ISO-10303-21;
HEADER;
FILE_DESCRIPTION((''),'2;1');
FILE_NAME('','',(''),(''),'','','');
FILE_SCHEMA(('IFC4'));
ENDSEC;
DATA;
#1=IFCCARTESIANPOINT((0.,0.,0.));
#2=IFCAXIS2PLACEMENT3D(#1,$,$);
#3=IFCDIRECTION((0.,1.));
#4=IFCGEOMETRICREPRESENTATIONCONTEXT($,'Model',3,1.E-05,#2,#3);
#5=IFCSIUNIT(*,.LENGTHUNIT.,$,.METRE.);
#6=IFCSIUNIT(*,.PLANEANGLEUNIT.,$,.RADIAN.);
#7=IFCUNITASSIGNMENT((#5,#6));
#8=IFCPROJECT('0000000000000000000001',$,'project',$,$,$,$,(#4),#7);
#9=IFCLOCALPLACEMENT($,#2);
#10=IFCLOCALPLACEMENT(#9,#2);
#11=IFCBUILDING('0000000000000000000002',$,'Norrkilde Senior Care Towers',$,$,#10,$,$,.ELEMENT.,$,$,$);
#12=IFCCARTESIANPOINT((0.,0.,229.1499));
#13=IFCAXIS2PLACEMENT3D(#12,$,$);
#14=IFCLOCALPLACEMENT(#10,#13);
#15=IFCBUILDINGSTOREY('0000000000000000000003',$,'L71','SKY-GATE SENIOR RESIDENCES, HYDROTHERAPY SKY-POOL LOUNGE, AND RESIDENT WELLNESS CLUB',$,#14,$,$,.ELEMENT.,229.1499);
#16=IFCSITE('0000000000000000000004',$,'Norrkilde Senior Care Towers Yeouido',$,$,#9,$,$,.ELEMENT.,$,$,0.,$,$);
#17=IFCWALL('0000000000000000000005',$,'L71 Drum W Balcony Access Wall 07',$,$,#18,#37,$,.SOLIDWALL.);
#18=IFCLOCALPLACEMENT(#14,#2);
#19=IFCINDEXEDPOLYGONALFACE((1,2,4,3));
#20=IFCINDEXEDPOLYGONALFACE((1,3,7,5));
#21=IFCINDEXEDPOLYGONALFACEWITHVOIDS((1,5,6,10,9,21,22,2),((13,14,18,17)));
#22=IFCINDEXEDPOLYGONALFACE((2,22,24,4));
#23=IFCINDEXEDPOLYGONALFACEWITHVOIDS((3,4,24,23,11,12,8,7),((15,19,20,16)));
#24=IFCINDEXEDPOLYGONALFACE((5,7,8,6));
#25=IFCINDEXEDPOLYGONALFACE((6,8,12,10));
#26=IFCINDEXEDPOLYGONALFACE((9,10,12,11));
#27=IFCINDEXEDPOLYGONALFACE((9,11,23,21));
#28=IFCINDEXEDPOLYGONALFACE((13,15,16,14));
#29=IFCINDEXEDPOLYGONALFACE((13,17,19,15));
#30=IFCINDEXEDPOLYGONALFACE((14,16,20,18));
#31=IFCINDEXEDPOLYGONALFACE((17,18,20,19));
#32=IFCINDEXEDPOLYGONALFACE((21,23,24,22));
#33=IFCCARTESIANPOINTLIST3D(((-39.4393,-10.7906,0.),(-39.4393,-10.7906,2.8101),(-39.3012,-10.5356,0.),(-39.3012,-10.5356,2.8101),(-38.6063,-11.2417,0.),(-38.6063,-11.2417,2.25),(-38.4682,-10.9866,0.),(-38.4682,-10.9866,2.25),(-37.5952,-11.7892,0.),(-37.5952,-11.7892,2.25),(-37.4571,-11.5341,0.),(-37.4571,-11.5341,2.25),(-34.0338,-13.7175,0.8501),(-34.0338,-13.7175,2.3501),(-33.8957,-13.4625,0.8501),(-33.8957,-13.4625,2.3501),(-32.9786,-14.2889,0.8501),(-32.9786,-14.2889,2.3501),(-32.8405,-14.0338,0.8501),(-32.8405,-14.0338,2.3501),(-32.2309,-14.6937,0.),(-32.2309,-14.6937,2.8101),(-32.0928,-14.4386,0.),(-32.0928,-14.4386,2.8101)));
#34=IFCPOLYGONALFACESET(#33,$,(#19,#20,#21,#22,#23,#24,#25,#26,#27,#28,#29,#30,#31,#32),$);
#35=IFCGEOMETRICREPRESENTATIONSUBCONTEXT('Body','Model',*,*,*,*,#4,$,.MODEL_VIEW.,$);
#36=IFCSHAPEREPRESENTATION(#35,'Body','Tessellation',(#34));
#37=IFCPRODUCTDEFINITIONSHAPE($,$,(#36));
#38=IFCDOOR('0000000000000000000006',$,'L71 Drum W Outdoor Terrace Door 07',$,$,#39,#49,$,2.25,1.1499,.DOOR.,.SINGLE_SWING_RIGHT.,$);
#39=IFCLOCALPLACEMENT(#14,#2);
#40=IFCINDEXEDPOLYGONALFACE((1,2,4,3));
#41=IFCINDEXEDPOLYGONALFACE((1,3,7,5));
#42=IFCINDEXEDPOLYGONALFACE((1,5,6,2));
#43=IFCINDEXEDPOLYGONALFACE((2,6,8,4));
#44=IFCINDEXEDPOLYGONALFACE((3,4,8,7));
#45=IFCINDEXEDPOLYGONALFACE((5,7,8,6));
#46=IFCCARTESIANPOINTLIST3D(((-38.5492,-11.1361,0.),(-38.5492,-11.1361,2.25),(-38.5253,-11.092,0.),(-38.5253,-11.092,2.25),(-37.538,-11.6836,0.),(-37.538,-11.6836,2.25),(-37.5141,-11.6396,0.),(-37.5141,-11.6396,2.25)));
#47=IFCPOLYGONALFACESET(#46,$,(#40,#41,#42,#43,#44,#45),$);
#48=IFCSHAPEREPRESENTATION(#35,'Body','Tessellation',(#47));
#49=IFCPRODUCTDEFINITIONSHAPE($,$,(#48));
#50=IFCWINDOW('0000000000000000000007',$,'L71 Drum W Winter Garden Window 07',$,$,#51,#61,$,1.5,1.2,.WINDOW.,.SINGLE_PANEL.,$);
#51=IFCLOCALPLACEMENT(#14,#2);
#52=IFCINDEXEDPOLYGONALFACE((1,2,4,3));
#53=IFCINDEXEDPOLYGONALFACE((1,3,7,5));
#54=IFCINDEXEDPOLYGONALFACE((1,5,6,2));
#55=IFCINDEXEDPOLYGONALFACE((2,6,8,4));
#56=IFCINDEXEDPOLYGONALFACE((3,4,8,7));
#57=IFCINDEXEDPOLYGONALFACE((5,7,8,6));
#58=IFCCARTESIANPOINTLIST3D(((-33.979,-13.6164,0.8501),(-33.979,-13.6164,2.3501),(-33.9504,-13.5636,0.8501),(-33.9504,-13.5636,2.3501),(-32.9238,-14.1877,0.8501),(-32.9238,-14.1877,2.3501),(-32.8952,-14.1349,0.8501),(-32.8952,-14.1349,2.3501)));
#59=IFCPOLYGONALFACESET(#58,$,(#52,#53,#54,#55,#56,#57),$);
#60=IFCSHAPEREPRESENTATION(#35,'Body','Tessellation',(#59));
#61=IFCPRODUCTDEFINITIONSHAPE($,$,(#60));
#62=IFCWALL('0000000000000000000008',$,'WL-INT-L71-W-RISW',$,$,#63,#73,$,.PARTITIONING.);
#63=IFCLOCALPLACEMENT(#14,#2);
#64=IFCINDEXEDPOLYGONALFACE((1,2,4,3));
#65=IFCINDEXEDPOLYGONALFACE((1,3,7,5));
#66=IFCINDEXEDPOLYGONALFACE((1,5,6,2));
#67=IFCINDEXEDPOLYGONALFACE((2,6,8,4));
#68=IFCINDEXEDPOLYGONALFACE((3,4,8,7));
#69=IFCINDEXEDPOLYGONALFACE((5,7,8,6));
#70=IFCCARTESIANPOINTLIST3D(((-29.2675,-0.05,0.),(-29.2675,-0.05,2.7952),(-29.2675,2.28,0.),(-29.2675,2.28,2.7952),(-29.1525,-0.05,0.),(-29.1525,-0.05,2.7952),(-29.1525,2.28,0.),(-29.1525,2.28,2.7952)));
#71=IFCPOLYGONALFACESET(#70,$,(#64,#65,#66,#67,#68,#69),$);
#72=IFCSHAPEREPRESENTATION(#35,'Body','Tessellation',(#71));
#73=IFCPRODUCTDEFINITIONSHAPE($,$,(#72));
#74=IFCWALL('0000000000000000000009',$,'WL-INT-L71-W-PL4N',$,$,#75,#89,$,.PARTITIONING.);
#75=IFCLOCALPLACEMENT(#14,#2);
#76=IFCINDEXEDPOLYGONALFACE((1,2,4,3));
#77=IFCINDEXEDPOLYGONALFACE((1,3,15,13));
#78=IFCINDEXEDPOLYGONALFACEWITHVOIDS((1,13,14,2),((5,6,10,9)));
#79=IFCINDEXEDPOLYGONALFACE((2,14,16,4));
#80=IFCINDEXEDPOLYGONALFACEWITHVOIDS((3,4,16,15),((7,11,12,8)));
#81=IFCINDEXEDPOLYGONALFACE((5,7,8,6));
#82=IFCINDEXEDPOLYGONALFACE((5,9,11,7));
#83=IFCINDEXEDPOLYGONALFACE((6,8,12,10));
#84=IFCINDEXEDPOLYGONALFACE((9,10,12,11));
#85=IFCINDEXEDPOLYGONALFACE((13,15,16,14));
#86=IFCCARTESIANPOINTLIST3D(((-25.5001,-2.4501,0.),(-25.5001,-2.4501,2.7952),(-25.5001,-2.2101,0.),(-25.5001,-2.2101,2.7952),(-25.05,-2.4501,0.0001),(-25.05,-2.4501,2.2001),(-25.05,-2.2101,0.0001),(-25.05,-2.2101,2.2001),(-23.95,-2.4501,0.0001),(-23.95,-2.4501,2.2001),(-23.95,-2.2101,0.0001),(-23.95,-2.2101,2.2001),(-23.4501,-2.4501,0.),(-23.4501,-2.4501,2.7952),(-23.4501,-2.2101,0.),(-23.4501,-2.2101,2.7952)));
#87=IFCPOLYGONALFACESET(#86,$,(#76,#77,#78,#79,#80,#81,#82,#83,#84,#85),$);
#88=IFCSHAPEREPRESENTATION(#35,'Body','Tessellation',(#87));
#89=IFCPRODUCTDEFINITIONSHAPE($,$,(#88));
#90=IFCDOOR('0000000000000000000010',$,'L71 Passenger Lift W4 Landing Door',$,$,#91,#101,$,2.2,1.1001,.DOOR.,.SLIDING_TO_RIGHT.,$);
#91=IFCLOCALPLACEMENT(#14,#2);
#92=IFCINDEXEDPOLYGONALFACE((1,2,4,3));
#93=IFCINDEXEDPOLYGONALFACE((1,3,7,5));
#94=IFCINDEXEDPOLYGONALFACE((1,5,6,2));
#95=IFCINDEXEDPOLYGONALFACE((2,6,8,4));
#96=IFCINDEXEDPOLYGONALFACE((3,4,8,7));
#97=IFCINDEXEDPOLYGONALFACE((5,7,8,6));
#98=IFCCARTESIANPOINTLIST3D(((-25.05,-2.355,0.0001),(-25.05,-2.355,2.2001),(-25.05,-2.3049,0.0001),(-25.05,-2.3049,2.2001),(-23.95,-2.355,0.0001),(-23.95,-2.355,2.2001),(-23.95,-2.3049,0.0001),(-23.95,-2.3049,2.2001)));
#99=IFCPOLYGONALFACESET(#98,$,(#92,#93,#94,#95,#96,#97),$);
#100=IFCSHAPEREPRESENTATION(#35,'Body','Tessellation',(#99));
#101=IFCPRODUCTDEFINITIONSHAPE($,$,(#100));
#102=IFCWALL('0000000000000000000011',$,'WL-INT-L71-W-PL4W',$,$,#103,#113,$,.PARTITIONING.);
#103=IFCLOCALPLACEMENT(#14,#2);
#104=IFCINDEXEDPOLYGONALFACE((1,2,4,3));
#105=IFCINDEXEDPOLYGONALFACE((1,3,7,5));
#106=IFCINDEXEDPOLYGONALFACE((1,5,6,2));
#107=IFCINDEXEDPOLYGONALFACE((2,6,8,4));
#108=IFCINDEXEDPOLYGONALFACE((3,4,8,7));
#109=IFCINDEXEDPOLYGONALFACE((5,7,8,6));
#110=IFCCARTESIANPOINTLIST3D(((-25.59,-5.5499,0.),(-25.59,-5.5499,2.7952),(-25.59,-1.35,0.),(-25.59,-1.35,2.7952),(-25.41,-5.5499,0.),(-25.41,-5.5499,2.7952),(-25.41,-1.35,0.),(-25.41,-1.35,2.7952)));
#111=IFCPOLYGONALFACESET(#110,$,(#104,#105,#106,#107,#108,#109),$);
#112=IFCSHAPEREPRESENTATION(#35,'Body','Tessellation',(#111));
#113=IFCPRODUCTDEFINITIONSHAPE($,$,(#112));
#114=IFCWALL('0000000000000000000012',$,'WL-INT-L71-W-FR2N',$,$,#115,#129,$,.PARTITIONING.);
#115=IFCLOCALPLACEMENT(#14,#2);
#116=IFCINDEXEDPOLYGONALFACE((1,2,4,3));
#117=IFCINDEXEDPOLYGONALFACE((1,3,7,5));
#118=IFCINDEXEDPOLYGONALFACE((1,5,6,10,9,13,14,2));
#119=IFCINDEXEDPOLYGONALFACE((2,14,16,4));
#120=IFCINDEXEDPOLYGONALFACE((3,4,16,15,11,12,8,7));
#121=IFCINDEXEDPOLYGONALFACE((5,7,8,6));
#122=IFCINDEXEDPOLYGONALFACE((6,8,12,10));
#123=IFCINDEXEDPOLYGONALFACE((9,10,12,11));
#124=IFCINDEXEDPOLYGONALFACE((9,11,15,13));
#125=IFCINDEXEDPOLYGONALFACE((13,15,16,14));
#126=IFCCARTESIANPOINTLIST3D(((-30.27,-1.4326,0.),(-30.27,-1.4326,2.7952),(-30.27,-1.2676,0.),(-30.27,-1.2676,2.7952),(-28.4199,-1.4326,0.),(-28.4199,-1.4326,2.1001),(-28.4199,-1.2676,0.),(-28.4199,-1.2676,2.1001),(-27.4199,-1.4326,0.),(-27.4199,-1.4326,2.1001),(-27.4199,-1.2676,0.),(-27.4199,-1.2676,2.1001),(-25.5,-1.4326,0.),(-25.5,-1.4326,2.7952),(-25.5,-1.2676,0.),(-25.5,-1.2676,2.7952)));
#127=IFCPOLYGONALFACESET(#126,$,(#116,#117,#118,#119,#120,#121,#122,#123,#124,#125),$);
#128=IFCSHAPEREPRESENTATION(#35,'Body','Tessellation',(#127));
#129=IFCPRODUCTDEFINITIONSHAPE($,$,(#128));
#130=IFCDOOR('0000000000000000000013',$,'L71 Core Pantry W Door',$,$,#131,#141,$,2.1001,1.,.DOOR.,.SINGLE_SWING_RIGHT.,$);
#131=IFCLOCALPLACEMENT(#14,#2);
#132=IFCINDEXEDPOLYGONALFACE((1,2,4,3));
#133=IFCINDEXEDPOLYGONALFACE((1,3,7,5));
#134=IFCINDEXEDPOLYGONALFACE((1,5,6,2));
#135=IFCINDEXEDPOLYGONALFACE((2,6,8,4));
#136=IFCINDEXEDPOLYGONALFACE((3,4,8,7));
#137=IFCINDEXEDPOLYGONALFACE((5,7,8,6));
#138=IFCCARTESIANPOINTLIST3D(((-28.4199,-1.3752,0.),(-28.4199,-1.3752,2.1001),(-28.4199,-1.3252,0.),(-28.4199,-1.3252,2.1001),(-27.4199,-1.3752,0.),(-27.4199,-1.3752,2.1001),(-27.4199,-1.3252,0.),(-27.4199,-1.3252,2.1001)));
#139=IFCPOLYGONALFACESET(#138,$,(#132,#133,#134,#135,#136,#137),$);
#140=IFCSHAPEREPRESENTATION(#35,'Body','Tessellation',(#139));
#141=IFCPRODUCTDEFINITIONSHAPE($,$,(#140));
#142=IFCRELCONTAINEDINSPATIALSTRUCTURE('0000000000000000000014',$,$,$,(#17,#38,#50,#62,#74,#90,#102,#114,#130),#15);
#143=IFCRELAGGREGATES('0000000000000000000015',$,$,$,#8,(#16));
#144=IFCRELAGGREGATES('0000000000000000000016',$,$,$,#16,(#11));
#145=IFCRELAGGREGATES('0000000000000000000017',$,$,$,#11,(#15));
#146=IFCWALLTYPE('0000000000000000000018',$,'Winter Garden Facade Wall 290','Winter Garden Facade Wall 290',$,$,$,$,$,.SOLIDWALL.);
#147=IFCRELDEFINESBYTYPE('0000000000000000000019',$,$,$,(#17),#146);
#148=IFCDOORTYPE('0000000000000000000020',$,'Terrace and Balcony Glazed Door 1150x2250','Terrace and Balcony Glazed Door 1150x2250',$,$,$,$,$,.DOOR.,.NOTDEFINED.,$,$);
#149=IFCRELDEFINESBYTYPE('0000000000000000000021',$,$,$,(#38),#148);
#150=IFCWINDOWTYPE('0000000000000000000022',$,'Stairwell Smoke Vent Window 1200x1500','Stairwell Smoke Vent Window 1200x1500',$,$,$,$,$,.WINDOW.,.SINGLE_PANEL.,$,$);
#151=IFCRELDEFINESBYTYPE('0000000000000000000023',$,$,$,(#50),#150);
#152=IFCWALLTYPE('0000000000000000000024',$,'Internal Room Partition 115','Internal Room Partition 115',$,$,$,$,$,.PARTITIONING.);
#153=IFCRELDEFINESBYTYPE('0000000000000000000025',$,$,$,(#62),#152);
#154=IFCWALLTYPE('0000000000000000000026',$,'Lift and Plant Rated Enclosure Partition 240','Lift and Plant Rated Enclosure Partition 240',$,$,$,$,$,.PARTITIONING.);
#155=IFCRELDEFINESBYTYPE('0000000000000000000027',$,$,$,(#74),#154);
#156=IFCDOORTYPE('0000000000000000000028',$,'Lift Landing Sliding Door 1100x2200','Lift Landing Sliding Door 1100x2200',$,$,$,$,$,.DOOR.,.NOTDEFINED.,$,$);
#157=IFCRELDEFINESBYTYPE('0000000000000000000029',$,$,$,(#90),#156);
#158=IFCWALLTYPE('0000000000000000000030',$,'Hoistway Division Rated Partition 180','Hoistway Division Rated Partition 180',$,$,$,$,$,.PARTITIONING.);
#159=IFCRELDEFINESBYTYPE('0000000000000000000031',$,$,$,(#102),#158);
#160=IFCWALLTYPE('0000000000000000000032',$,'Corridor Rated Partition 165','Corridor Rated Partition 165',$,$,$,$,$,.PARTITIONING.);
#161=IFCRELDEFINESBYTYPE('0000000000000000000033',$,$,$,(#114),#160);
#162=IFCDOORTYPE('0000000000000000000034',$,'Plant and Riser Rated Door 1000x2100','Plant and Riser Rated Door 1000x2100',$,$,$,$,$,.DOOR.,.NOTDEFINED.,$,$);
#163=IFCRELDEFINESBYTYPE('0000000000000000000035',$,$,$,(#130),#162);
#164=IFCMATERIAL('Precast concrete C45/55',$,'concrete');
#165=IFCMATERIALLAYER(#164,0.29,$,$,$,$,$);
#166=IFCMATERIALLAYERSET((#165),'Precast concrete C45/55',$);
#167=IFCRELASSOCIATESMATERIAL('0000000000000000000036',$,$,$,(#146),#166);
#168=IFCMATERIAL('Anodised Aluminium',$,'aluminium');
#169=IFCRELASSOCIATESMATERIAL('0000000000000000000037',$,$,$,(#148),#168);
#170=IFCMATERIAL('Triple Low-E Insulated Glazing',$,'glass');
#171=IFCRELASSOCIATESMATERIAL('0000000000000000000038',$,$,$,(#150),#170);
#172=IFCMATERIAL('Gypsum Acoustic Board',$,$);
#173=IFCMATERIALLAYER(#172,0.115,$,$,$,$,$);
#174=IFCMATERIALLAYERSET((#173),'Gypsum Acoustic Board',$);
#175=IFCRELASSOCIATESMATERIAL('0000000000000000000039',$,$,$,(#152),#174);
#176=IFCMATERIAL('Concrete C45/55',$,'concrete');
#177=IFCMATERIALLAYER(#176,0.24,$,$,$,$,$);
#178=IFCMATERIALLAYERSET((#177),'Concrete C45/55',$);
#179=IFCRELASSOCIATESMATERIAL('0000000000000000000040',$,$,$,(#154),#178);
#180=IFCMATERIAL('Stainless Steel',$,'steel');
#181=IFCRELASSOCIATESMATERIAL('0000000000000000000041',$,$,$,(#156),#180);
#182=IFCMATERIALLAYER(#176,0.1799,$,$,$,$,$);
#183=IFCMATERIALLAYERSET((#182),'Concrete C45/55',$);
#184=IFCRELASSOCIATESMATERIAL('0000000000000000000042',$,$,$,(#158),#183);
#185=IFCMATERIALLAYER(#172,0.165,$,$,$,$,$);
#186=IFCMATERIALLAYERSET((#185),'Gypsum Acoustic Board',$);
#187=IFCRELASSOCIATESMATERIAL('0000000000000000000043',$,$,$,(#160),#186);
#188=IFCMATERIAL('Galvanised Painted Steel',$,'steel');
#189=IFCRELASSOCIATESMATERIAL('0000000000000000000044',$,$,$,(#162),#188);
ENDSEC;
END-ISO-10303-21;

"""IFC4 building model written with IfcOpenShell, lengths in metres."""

from ifc_helpers import new_model, si_unit, direction, frame, frame_2d, origin, place, context, subcontext, project, spatial, rectangle, extrude, source, transform, mapped, material, layer, layer_set, type_object, type_shapes, element, fill, save


model = new_model("IFC4")

# Units and contexts
model_context = context("Model", 3, precision=1e-05, world=origin(), true_north=direction((0.0, 1.0)))
body_context = subcontext(model_context, "Body", "Model", "MODEL_VIEW")
ifc_project = project(units=[si_unit("LENGTHUNIT", "METRE"), si_unit("PLANEANGLEUNIT", "RADIAN")], contexts=[model_context])

# Site, building, storey
site_placement = place(None, origin())
site = spatial("IfcSite", under=ifc_project, at=site_placement, Name="Norrkilde Senior Care Towers Yeouido", CompositionType="ELEMENT", RefElevation=0.0)
building_placement = place(site_placement, origin())
building = spatial("IfcBuilding", under=site, at=building_placement, Name="Norrkilde Senior Care Towers", CompositionType="ELEMENT")
storey_placement = place(building_placement, frame((0.0, 0.0, 229.1499)))
storey = spatial("IfcBuildingStorey", under=building, at=storey_placement, Name="L71", Description="SKY-GATE SENIOR RESIDENCES, HYDROTHERAPY SKY-POOL LOUNGE, AND RESIDENT WELLNESS CLUB", CompositionType="ELEMENT", Elevation=229.1499)

# Shared definitions
ifc_material_1 = material(Name="Triple Low-E Insulated Glazing", Category="glass")
ifc_material_2 = material(Name="Anodised Aluminium", Category="aluminium")

# Wall, openings, door, window
ifc_material_3 = material(Name="Precast concrete C45/55", Category="concrete")
ifc_layer_1 = layer(ifc_material_3, 0.29)
ifc_layer_set_1 = layer_set([ifc_layer_1], Name="Precast concrete C45/55")
wall_type_1 = type_object("IfcWallType", Name="Winter Garden Facade Wall 290", Description="Winter Garden Facade Wall 290", PredefinedType="SOLIDWALL", material=ifc_layer_set_1)
shared_shape_1 = source(origin(), body_context, "Body", "SweptSolid", [
    extrude(rectangle(XDim=8.1973, YDim=0.29, at=frame_2d((4.0986, 0.0))), origin(), (0.0, 0.0, 1.0), 2.8101),
])
type_shapes(wall_type_1, [shared_shape_1])
wall_1_placement = place(storey_placement, frame((-32.1619, -14.5662, 0.0), z_axis=(0.0, 0.0, 1.0), x_axis=(-0.87937, 0.476139, 0.0)))
wall_1 = element("IfcWall", 1, at=wall_1_placement, inside=storey, type_object=wall_type_1, Name="L71 Drum W Balcony Access Wall 07", PredefinedType="SOLIDWALL", context=body_context, shape_type="MappedRepresentation", body=[
    mapped(shared_shape_1, transform((0.0, 0.0, 0.0), x_axis=(1.0, 0.0, 0.0), y_axis=(0.0, 1.0, 0.0), z_axis=(0.0, 0.0, 1.0), scale=1.0)),
])
opening_1_placement = place(wall_1_placement, frame((6.1001, 0.0, 0.0)))
opening_1 = element("IfcOpeningElement", 2, at=opening_1_placement, cuts=wall_1, PredefinedType="OPENING", context=body_context, shape_type="SweptSolid", body=[
    extrude(rectangle(XDim=1.1499, YDim=2.25, at=frame_2d((0.575, 1.125))), frame((0.0, 0.155, 0.0), z_axis=(0.0, -1.0, 0.0), x_axis=(1.0, 0.0, 0.0)), (0.0, 0.0, 1.0), 0.3101),
])
opening_2_placement = place(wall_1_placement, frame((0.8501, 0.0, 0.8501)))
opening_2 = element("IfcOpeningElement", 3, at=opening_2_placement, cuts=wall_1, PredefinedType="OPENING", context=body_context, shape_type="SweptSolid", body=[
    extrude(rectangle(XDim=1.2, YDim=1.5, at=frame_2d((0.6001, 0.75))), frame((0.0, 0.155, 0.0), z_axis=(0.0, -1.0, 0.0), x_axis=(1.0, 0.0, 0.0)), (0.0, 0.0, 1.0), 0.3101),
])
door_type_1 = type_object("IfcDoorType", Name="Terrace and Balcony Glazed Door 1150x2250", Description="Terrace and Balcony Glazed Door 1150x2250", OperationType="NOTDEFINED", PredefinedType="DOOR", material=ifc_material_2)
shared_shape_2 = source(origin(), body_context, "Body", "SweptSolid", [
    extrude(rectangle(XDim=1.1499, YDim=2.25, at=frame_2d((0.575, 1.125))), frame((0.0, 0.0249, 0.0), z_axis=(0.0, -1.0, 0.0), x_axis=(1.0, 0.0, 0.0)), (0.0, 0.0, 1.0), 0.05),
])
type_shapes(door_type_1, [shared_shape_2])
door_1_placement = place(opening_1_placement, origin())
door_1 = element("IfcDoor", 4, at=door_1_placement, inside=storey, type_object=door_type_1, Name="L71 Drum W Outdoor Terrace Door 07", OperationType="SINGLE_SWING_RIGHT", OverallHeight=2.25, OverallWidth=1.1499, PredefinedType="DOOR", context=body_context, shape_type="MappedRepresentation", body=[
    mapped(shared_shape_2, transform((0.0, 0.0, 0.0), x_axis=(1.0, 0.0, 0.0), y_axis=(0.0, 1.0, 0.0), z_axis=(0.0, 0.0, 1.0), scale=1.0)),
])
fill(opening_1, door_1)
window_type = type_object("IfcWindowType", Name="Stairwell Smoke Vent Window 1200x1500", Description="Stairwell Smoke Vent Window 1200x1500", PartitioningType="SINGLE_PANEL", PredefinedType="WINDOW", material=ifc_material_1)
shared_shape_3 = source(origin(), body_context, "Body", "SweptSolid", [
    extrude(rectangle(XDim=1.2, YDim=1.5, at=frame_2d((0.6001, 0.75))), frame((0.0, 0.03, 0.0), z_axis=(0.0, -1.0, 0.0), x_axis=(1.0, 0.0, 0.0)), (0.0, 0.0, 1.0), 0.0601),
])
type_shapes(window_type, [shared_shape_3])
window_placement = place(opening_2_placement, origin())
window = element("IfcWindow", 5, at=window_placement, inside=storey, type_object=window_type, Name="L71 Drum W Winter Garden Window 07", OverallHeight=1.5, OverallWidth=1.2, PartitioningType="SINGLE_PANEL", PredefinedType="WINDOW", context=body_context, shape_type="MappedRepresentation", body=[
    mapped(shared_shape_3, transform((0.0, 0.0, 0.0), x_axis=(1.0, 0.0, 0.0), y_axis=(0.0, 1.0, 0.0), z_axis=(0.0, 0.0, 1.0), scale=1.0)),
])
fill(opening_2, window)

# Shared definitions
ifc_material_4 = material(Name="Concrete C45/55", Category="concrete")
ifc_material_5 = material(Name="Galvanised Painted Steel", Category="steel")

# Wall
ifc_material_6 = material(Name="Gypsum Acoustic Board")
ifc_layer_2 = layer(ifc_material_6, 0.115)
ifc_layer_set_2 = layer_set([ifc_layer_2], Name="Gypsum Acoustic Board")
wall_type_2 = type_object("IfcWallType", Name="Internal Room Partition 115", Description="Internal Room Partition 115", PredefinedType="PARTITIONING", material=ifc_layer_set_2)
shared_shape_4 = source(origin(), body_context, "Body", "SweptSolid", [
    extrude(rectangle(XDim=2.3301, YDim=0.115, at=frame_2d((1.165, 0.0))), origin(), (0.0, 0.0, 1.0), 2.7952),
])
type_shapes(wall_type_2, [shared_shape_4])
wall_2_placement = place(storey_placement, frame((-29.21, -0.05, 0.0), z_axis=(0.0, 0.0, 1.0), x_axis=(0.0, 1.0, 0.0)))
element("IfcWall", 6, at=wall_2_placement, inside=storey, type_object=wall_type_2, Name="WL-INT-L71-W-RISW", PredefinedType="PARTITIONING", context=body_context, shape_type="MappedRepresentation", body=[
    mapped(shared_shape_4, transform((0.0, 0.0, 0.0), x_axis=(1.0, 0.0, 0.0), y_axis=(0.0, 1.0, 0.0), z_axis=(0.0, 0.0, 1.0), scale=1.0)),
])

# Wall, opening, door
ifc_layer_3 = layer(ifc_material_4, 0.24)
ifc_layer_set_3 = layer_set([ifc_layer_3], Name="Concrete C45/55")
wall_type_3 = type_object("IfcWallType", Name="Lift and Plant Rated Enclosure Partition 240", Description="Lift and Plant Rated Enclosure Partition 240", PredefinedType="PARTITIONING", material=ifc_layer_set_3)
shared_shape_5 = source(origin(), body_context, "Body", "SweptSolid", [
    extrude(rectangle(XDim=2.05, YDim=0.24, at=frame_2d((1.0249, 0.0))), origin(), (0.0, 0.0, 1.0), 2.7952),
])
type_shapes(wall_type_3, [shared_shape_5])
wall_3_placement = place(storey_placement, frame((-25.5, -2.3301, 0.0), z_axis=(0.0, 0.0, 1.0), x_axis=(1.0, 0.0, 0.0)))
wall_3 = element("IfcWall", 7, at=wall_3_placement, inside=storey, type_object=wall_type_3, Name="WL-INT-L71-W-PL4N", PredefinedType="PARTITIONING", context=body_context, shape_type="MappedRepresentation", body=[
    mapped(shared_shape_5, transform((0.0, 0.0, 0.0), x_axis=(1.0, 0.0, 0.0), y_axis=(0.0, 1.0, 0.0), z_axis=(0.0, 0.0, 1.0), scale=1.0)),
])
opening_3_placement = place(wall_3_placement, frame((0.45, 0.0, 0.0)))
opening_3 = element("IfcOpeningElement", 8, at=opening_3_placement, cuts=wall_3, PredefinedType="OPENING", context=body_context, shape_type="SweptSolid", body=[
    extrude(rectangle(XDim=1.1001, YDim=2.2, at=frame_2d((0.55, 1.1001))), frame((0.0, 0.1299, 0.0), z_axis=(0.0, -1.0, 0.0), x_axis=(1.0, 0.0, 0.0)), (0.0, 0.0, 1.0), 0.26),
])
ifc_material_7 = material(Name="Stainless Steel", Category="steel")
door_type_2 = type_object("IfcDoorType", Name="Lift Landing Sliding Door 1100x2200", Description="Lift Landing Sliding Door 1100x2200", OperationType="NOTDEFINED", PredefinedType="DOOR", material=ifc_material_7)
shared_shape_6 = source(origin(), body_context, "Body", "SweptSolid", [
    extrude(rectangle(XDim=1.1001, YDim=2.2, at=frame_2d((0.55, 1.1001))), frame((0.0, 0.0249, 0.0), z_axis=(0.0, -1.0, 0.0), x_axis=(1.0, 0.0, 0.0)), (0.0, 0.0, 1.0), 0.05),
])
type_shapes(door_type_2, [shared_shape_6])
door_2_placement = place(opening_3_placement, frame((1.1001, 0.0, 0.0), z_axis=(0.0, 0.0, 1.0), x_axis=(-1.0, 0.0, 0.0)))
door_2 = element("IfcDoor", 9, at=door_2_placement, inside=storey, type_object=door_type_2, Name="L71 Passenger Lift W4 Landing Door", OperationType="SLIDING_TO_RIGHT", OverallHeight=2.2, OverallWidth=1.1001, PredefinedType="DOOR", context=body_context, shape_type="MappedRepresentation", body=[
    mapped(shared_shape_6, transform((0.0, 0.0, 0.0), x_axis=(1.0, 0.0, 0.0), y_axis=(0.0, 1.0, 0.0), z_axis=(0.0, 0.0, 1.0), scale=1.0)),
])
fill(opening_3, door_2)

# Wall
ifc_layer_4 = layer(ifc_material_4, 0.1799)
ifc_layer_set_4 = layer_set([ifc_layer_4], Name="Concrete C45/55")
wall_type_4 = type_object("IfcWallType", Name="Hoistway Division Rated Partition 180", Description="Hoistway Division Rated Partition 180", PredefinedType="PARTITIONING", material=ifc_layer_set_4)
shared_shape_7 = source(origin(), body_context, "Body", "SweptSolid", [
    extrude(rectangle(XDim=4.2, YDim=0.1799, at=frame_2d((2.1001, 0.0))), origin(), (0.0, 0.0, 1.0), 2.7952),
])
type_shapes(wall_type_4, [shared_shape_7])
wall_4_placement = place(storey_placement, frame((-25.5, -5.55, 0.0), z_axis=(0.0, 0.0, 1.0), x_axis=(0.0, 1.0, 0.0)))
element("IfcWall", 10, at=wall_4_placement, inside=storey, type_object=wall_type_4, Name="WL-INT-L71-W-PL4W", PredefinedType="PARTITIONING", context=body_context, shape_type="MappedRepresentation", body=[
    mapped(shared_shape_7, transform((0.0, 0.0, 0.0), x_axis=(1.0, 0.0, 0.0), y_axis=(0.0, 1.0, 0.0), z_axis=(0.0, 0.0, 1.0), scale=1.0)),
])

# Wall, opening, door
ifc_layer_5 = layer(ifc_material_6, 0.165)
ifc_layer_set_5 = layer_set([ifc_layer_5], Name="Gypsum Acoustic Board")
wall_type_5 = type_object("IfcWallType", Name="Corridor Rated Partition 165", Description="Corridor Rated Partition 165", PredefinedType="PARTITIONING", material=ifc_layer_set_5)
shared_shape_8 = source(origin(), body_context, "Body", "SweptSolid", [
    extrude(rectangle(XDim=4.77, YDim=0.165, at=frame_2d((2.385, 0.0))), origin(), (0.0, 0.0, 1.0), 2.7952),
])
wall_5_placement = place(storey_placement, frame((-30.27, -1.3501, 0.0), z_axis=(0.0, 0.0, 1.0), x_axis=(1.0, 0.0, 0.0)))
wall_5 = element("IfcWall", 11, at=wall_5_placement, inside=storey, type_object=wall_type_5, Name="WL-INT-L71-W-FR2N", PredefinedType="PARTITIONING", context=body_context, shape_type="MappedRepresentation", body=[
    mapped(shared_shape_8, transform((0.0, 0.0, 0.0), x_axis=(1.0, 0.0, 0.0), y_axis=(0.0, 1.0, 0.0), z_axis=(0.0, 0.0, 1.0), scale=1.0)),
])
opening_4_placement = place(wall_5_placement, frame((1.8501, 0.0, 0.0)))
opening_4 = element("IfcOpeningElement", 12, at=opening_4_placement, cuts=wall_5, PredefinedType="OPENING", context=body_context, shape_type="SweptSolid", body=[
    extrude(rectangle(XDim=1.0, YDim=2.1001, at=frame_2d((0.5, 1.05))), frame((0.0, 0.0925, 0.0), z_axis=(0.0, -1.0, 0.0), x_axis=(1.0, 0.0, 0.0)), (0.0, 0.0, 1.0), 0.1851),
])
door_type_3 = type_object("IfcDoorType", Name="Plant and Riser Rated Door 1000x2100", Description="Plant and Riser Rated Door 1000x2100", OperationType="NOTDEFINED", PredefinedType="DOOR", material=ifc_material_5)
shared_shape_9 = source(origin(), body_context, "Body", "SweptSolid", [
    extrude(rectangle(XDim=1.0, YDim=2.1001, at=frame_2d((0.5, 1.05))), frame((0.0, 0.0249, 0.0), z_axis=(0.0, -1.0, 0.0), x_axis=(1.0, 0.0, 0.0)), (0.0, 0.0, 1.0), 0.05),
])
type_shapes(door_type_3, [shared_shape_9])
door_3_placement = place(opening_4_placement, origin())
door_3 = element("IfcDoor", 13, at=door_3_placement, inside=storey, type_object=door_type_3, Name="L71 Core Pantry W Door", OperationType="SINGLE_SWING_RIGHT", OverallHeight=2.1001, OverallWidth=1.0, PredefinedType="DOOR", context=body_context, shape_type="MappedRepresentation", body=[
    mapped(shared_shape_9, transform((0.0, 0.0, 0.0), x_axis=(1.0, 0.0, 0.0), y_axis=(0.0, 1.0, 0.0), z_axis=(0.0, 0.0, 1.0), scale=1.0)),
])
fill(opening_4, door_3)

save(model, "model.ifc")
